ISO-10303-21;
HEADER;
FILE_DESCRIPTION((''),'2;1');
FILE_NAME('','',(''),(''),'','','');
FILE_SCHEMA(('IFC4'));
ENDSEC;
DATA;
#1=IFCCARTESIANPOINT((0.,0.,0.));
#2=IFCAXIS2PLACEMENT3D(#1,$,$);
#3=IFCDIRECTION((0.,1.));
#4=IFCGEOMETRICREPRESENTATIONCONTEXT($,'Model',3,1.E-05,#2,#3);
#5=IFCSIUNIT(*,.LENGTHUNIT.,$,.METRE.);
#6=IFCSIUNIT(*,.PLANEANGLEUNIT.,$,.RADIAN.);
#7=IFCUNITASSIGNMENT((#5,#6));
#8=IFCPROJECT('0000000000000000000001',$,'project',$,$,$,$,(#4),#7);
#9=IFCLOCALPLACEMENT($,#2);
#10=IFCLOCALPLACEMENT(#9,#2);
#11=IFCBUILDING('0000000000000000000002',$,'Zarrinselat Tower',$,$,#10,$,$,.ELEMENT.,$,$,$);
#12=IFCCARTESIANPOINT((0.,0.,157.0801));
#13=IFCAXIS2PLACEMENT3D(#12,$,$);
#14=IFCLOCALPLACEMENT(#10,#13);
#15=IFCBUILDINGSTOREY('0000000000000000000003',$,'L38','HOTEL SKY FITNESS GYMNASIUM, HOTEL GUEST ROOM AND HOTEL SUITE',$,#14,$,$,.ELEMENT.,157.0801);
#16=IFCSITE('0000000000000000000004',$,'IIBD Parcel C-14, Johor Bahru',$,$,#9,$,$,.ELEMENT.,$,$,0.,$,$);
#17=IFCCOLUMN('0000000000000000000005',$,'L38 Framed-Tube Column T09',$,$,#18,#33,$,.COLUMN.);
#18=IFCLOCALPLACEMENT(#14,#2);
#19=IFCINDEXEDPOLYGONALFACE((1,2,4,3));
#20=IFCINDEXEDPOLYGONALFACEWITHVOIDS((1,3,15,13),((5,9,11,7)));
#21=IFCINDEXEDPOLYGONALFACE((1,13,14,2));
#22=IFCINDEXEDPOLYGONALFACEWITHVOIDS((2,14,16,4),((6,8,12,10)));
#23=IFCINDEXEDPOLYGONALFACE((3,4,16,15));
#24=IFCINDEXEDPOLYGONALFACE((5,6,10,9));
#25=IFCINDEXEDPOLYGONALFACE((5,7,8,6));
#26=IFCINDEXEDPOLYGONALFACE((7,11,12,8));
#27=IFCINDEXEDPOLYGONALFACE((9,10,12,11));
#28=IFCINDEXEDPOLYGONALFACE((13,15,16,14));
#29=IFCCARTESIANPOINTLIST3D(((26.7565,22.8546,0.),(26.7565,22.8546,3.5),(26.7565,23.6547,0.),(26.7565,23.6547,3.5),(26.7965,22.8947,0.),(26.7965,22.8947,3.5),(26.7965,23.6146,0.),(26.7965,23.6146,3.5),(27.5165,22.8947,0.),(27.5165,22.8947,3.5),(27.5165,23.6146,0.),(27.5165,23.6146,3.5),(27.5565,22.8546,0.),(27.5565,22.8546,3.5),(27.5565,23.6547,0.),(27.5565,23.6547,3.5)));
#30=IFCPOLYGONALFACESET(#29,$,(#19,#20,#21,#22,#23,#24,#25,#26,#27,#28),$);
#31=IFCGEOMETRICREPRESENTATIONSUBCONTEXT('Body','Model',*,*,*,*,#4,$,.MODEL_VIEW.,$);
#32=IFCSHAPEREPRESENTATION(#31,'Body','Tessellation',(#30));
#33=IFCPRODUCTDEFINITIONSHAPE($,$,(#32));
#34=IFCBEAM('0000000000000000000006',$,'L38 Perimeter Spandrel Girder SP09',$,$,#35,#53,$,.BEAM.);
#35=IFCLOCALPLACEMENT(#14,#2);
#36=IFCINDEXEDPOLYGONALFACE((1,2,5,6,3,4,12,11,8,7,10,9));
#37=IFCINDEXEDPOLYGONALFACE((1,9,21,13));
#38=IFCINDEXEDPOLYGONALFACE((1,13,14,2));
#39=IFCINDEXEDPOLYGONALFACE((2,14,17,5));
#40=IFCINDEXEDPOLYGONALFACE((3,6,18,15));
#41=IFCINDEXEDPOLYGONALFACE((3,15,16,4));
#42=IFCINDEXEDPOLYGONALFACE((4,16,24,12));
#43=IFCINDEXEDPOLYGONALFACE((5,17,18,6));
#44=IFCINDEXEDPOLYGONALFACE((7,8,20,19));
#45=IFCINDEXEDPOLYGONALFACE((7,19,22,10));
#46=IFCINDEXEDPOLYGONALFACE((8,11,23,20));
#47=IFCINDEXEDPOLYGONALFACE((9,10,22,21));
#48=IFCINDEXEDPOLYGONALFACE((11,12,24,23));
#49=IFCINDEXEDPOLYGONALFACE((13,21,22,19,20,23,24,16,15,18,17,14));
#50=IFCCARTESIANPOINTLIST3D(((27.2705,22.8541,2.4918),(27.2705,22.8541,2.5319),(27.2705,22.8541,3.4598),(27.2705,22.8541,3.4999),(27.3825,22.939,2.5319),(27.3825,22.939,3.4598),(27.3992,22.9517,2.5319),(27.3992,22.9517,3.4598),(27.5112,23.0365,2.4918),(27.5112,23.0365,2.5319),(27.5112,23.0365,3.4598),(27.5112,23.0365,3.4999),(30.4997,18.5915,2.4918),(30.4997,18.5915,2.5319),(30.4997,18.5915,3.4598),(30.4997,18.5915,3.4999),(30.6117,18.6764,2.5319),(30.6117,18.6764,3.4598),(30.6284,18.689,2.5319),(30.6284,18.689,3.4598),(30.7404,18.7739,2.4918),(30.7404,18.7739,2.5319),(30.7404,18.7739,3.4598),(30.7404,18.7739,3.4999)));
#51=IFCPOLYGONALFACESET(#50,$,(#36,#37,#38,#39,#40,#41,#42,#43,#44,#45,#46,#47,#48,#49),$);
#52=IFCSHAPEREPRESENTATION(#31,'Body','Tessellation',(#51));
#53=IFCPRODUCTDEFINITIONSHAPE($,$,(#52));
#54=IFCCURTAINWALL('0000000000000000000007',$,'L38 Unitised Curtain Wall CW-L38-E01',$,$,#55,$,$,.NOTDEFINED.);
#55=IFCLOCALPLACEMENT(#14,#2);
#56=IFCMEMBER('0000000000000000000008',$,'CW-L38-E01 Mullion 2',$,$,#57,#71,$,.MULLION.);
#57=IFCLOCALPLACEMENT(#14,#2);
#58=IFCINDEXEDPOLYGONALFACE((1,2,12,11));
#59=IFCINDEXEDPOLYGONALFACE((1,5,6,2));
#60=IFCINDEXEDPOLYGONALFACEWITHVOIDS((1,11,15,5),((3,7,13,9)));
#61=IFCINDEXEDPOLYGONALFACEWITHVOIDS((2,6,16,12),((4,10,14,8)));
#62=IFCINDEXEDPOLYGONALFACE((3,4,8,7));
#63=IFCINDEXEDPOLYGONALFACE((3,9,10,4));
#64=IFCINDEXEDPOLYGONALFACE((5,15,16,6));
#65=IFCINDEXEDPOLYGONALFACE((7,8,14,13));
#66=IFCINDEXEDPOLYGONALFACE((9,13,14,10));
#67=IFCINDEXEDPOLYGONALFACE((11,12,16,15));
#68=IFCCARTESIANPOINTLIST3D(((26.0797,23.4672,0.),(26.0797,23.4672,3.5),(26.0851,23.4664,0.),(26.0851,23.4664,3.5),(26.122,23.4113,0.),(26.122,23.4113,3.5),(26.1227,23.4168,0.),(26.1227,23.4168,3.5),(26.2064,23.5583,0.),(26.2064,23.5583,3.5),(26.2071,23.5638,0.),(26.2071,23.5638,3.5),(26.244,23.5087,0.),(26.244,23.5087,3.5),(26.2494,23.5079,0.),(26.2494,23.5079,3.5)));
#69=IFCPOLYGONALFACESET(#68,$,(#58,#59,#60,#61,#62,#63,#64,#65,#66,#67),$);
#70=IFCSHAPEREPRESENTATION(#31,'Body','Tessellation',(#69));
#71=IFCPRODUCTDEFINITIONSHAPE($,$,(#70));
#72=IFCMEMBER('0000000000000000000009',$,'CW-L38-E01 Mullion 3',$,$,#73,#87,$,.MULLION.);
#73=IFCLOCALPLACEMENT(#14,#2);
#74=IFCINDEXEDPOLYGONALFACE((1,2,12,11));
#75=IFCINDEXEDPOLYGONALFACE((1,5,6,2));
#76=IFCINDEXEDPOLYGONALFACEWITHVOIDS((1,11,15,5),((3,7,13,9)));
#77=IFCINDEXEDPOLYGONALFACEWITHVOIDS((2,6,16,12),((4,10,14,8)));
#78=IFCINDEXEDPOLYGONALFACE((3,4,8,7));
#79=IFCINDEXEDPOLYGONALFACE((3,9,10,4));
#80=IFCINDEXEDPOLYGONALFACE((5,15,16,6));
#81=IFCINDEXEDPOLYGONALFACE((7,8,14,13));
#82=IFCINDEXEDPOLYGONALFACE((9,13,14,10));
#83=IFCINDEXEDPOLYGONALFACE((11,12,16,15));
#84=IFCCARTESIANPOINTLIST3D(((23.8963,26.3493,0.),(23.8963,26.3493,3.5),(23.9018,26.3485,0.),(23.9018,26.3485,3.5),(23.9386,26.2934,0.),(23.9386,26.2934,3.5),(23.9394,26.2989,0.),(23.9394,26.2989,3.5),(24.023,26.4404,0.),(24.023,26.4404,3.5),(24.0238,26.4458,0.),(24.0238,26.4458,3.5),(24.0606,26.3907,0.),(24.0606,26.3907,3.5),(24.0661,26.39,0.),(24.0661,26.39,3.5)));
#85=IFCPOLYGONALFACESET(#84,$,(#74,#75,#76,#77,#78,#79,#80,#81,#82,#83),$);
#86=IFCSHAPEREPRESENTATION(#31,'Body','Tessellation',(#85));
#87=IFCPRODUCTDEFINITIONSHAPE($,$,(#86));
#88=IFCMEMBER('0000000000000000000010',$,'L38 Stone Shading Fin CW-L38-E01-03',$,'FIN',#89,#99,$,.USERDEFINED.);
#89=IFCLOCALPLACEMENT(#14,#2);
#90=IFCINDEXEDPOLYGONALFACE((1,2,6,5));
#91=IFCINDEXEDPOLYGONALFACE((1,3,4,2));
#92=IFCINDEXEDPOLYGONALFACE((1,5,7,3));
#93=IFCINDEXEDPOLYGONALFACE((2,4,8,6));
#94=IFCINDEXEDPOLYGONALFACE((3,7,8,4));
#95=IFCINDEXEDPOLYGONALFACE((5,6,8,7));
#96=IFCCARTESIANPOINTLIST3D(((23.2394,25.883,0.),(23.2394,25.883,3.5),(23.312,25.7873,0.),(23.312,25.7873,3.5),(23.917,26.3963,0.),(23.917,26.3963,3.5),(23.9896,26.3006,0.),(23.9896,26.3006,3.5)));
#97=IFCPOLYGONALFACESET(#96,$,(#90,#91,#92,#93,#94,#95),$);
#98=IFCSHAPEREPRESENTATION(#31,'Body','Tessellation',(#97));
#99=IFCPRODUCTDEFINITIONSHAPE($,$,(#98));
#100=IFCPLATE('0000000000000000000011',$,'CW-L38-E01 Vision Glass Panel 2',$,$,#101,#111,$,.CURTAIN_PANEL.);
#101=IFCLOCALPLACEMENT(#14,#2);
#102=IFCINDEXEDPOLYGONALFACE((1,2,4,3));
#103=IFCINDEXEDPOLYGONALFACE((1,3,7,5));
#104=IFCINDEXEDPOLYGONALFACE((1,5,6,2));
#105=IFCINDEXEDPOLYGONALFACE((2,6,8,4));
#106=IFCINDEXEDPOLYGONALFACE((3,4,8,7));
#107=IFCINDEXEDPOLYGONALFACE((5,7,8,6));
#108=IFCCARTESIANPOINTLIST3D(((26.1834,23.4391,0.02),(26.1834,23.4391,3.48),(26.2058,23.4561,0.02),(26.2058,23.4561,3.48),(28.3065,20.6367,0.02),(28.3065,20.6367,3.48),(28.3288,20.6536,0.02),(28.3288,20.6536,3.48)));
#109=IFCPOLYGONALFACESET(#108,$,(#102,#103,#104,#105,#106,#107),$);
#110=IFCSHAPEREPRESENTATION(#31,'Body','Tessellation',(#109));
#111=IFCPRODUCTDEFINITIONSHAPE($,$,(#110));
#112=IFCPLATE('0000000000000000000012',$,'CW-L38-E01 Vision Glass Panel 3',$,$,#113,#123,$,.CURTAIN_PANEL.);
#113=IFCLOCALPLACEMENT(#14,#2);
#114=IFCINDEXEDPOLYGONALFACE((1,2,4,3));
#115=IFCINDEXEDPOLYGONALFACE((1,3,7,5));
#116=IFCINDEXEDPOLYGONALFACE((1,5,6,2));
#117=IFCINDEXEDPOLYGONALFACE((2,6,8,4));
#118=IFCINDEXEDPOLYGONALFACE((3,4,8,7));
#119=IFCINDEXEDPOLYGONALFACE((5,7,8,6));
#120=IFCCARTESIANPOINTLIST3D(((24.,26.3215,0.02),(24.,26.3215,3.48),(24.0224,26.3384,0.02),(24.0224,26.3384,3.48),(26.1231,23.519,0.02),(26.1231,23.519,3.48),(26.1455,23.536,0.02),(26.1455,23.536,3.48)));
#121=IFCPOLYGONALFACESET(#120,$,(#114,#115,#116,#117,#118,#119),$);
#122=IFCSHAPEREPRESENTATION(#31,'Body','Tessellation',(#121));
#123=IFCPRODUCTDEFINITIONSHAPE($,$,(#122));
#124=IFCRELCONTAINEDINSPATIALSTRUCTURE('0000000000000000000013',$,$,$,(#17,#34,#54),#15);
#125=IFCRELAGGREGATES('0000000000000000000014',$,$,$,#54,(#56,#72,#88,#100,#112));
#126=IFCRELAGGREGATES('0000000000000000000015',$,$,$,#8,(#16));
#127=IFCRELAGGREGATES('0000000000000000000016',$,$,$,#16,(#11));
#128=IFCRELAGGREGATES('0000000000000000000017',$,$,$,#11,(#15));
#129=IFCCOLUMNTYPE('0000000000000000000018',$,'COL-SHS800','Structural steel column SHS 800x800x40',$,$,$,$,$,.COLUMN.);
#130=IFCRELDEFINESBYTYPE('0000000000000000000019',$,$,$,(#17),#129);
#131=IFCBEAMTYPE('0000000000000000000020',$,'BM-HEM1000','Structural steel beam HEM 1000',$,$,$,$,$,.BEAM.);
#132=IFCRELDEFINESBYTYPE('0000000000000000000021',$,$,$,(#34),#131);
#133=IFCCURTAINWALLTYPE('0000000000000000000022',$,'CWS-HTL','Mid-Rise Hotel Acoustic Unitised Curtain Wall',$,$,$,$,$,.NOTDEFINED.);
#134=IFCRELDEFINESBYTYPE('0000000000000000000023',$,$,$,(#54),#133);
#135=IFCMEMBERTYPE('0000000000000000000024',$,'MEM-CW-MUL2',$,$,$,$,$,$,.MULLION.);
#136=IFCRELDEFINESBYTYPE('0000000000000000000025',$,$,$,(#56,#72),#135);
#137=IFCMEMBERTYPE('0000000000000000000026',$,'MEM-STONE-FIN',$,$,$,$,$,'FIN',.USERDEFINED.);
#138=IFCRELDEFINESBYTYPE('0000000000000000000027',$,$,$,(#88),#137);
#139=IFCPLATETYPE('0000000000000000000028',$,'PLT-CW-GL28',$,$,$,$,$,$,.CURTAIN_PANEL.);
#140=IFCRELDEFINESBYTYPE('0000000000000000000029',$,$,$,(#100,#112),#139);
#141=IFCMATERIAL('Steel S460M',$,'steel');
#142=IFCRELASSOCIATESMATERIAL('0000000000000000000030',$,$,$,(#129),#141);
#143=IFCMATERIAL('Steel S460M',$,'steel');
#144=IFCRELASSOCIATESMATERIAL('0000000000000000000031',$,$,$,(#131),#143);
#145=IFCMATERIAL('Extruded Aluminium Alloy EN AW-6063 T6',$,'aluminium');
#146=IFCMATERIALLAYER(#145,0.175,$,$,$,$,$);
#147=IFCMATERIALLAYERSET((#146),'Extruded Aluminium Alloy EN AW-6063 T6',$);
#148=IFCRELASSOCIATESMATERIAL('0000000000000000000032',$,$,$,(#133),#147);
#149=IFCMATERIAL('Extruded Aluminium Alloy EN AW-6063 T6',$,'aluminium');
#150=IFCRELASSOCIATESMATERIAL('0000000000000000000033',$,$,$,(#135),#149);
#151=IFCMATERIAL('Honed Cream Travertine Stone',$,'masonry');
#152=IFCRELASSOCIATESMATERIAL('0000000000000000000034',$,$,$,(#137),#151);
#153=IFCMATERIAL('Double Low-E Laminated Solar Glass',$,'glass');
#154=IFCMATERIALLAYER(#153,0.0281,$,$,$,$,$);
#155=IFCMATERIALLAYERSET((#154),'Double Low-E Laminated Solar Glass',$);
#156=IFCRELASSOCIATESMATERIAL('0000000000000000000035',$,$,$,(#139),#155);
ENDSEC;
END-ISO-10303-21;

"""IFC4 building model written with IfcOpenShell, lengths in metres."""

from ifc_helpers import new_model, si_unit, direction, frame, origin, origin_2d, place, context, subcontext, project, spatial, rectangle, hollow_rectangle, i_section, extrude, material, layer, layer_set, material_profile, profile_set, type_object, element, aggregate, save


model = new_model("IFC4")

# Units and contexts
model_context = context("Model", 3, precision=1e-05, world=origin(), true_north=direction((0.0, 1.0)))
body_context = subcontext(model_context, "Body", "Model", "MODEL_VIEW")
ifc_project = project(units=[si_unit("LENGTHUNIT", "METRE"), si_unit("PLANEANGLEUNIT", "RADIAN")], contexts=[model_context])

# Site, building, storey
site_placement = place(None, origin())
site = spatial("IfcSite", under=ifc_project, at=site_placement, Name="IIBD Parcel C-14, Johor Bahru", CompositionType="ELEMENT", RefElevation=0.0)
building_placement = place(site_placement, origin())
building = spatial("IfcBuilding", under=site, at=building_placement, Name="Zarrinselat Tower", CompositionType="ELEMENT")
storey_placement = place(building_placement, frame((0.0, 0.0, 157.0801)))
storey = spatial("IfcBuildingStorey", under=building, at=storey_placement, Name="L38", Description="HOTEL SKY FITNESS GYMNASIUM, HOTEL GUEST ROOM AND HOTEL SUITE", CompositionType="ELEMENT", Elevation=157.0801)

# Column
ifc_material_1 = material(Name="Steel S460M", Category="steel")
ifc_material_profile_1 = material_profile(ifc_material_1, hollow_rectangle(XDim=0.8, YDim=0.8, WallThickness=0.04, at=origin_2d()), Name="SHS 800x800x40")
ifc_profile_set_1 = profile_set([ifc_material_profile_1], Name="Steel S460M")
column_type = type_object("IfcColumnType", Name="COL-SHS800", Description="Structural steel column SHS 800x800x40", PredefinedType="COLUMN", material=ifc_profile_set_1)
column_placement = place(storey_placement, frame((27.1565, 23.2546, 0.0), z_axis=(0.0, 0.0, 1.0), x_axis=(1.0, 0.0, 0.0)))
element("IfcColumn", 1, at=column_placement, inside=storey, type_object=column_type, Name="L38 Framed-Tube Column T09", PredefinedType="COLUMN", context=body_context, shape_type="SweptSolid", body=[
    extrude(hollow_rectangle(XDim=0.8, YDim=0.8, WallThickness=0.04, at=origin_2d()), origin(), (0.0, 0.0, 1.0), 3.5),
])

# Beam
ifc_material_2 = material(Name="Steel S460M", Category="steel")
ifc_material_profile_2 = material_profile(ifc_material_2, i_section(OverallWidth=0.302, OverallDepth=1.0081, WebThickness=0.021, FlangeThickness=0.04, at=origin_2d()), Name="HEM 1000")
ifc_profile_set_2 = profile_set([ifc_material_profile_2], Name="Steel S460M")
beam_type = type_object("IfcBeamType", Name="BM-HEM1000", Description="Structural steel beam HEM 1000", PredefinedType="BEAM", material=ifc_profile_set_2)
beam_placement = place(storey_placement, frame((27.3909, 22.9453, 2.9958), z_axis=(0.60385, -0.797098, 0.0), x_axis=(0.797098, 0.60385, 0.0)))
element("IfcBeam", 2, at=beam_placement, inside=storey, type_object=beam_type, Name="L38 Perimeter Spandrel Girder SP09", PredefinedType="BEAM", context=body_context, shape_type="SweptSolid", body=[
    extrude(i_section(OverallWidth=0.302, OverallDepth=1.0081, WebThickness=0.021, FlangeThickness=0.04, at=origin_2d()), origin(), (0.0, 0.0, 1.0), 5.3477),
])

# Curtain wall, members, plates
ifc_material_3 = material(Name="Extruded Aluminium Alloy EN AW-6063 T6", Category="aluminium")
ifc_layer_1 = layer(ifc_material_3, 0.175)
ifc_layer_set_1 = layer_set([ifc_layer_1], Name="Extruded Aluminium Alloy EN AW-6063 T6")
curtain_wall_type = type_object("IfcCurtainWallType", Name="CWS-HTL", Description="Mid-Rise Hotel Acoustic Unitised Curtain Wall", PredefinedType="NOTDEFINED", material=ifc_layer_set_1)
curtain_wall_placement = place(storey_placement, origin())
curtain_wall = element("IfcCurtainWall", 3, at=curtain_wall_placement, inside=storey, type_object=curtain_wall_type, Name="L38 Unitised Curtain Wall CW-L38-E01", PredefinedType="NOTDEFINED")
ifc_material_4 = material(Name="Extruded Aluminium Alloy EN AW-6063 T6", Category="aluminium")
ifc_material_profile_3 = material_profile(ifc_material_4, hollow_rectangle(XDim=0.0701, YDim=0.1599, WallThickness=0.0039, at=origin_2d()), Name="RHS 160x70x4")
ifc_profile_set_3 = profile_set([ifc_material_profile_3], Name="Extruded Aluminium Alloy EN AW-6063 T6")
member_type_1 = type_object("IfcMemberType", Name="MEM-CW-MUL2", PredefinedType="MULLION", material=ifc_profile_set_3)
member_1_placement = place(storey_placement, frame((26.1646, 23.4875, 0.0), z_axis=(0.0, 0.0, 1.0), x_axis=(-0.603858, 0.797092, 0.0)))
member_1 = element("IfcMember", 4, at=member_1_placement, type_object=member_type_1, Name="CW-L38-E01 Mullion 2", PredefinedType="MULLION", context=body_context, shape_type="SweptSolid", body=[
    extrude(hollow_rectangle(XDim=0.0701, YDim=0.1599, WallThickness=0.0039, at=origin_2d()), origin(), (0.0, 0.0, 1.0), 3.5),
])
member_2_placement = place(storey_placement, frame((23.9812, 26.3696, 0.0), z_axis=(0.0, 0.0, 1.0), x_axis=(-0.603858, 0.797092, 0.0)))
member_2 = element("IfcMember", 5, at=member_2_placement, type_object=member_type_1, Name="CW-L38-E01 Mullion 3", PredefinedType="MULLION", context=body_context, shape_type="SweptSolid", body=[
    extrude(hollow_rectangle(XDim=0.0701, YDim=0.1599, WallThickness=0.0039, at=origin_2d()), origin(), (0.0, 0.0, 1.0), 3.5),
])
ifc_material_5 = material(Name="Honed Cream Travertine Stone", Category="masonry")
ifc_material_profile_4 = material_profile(ifc_material_5, rectangle(XDim=0.1201, YDim=0.8501, at=origin_2d()), Name="FIN 850x120")
ifc_profile_set_4 = profile_set([ifc_material_profile_4], Name="Honed Cream Travertine Stone")
member_type_2 = type_object("IfcMemberType", Name="MEM-STONE-FIN", ElementType="FIN", PredefinedType="USERDEFINED", material=ifc_profile_set_4)
member_3_placement = place(storey_placement, frame((23.6145, 26.0918, 0.0), z_axis=(0.0, 0.0, 1.0), x_axis=(-0.603858, 0.797092, 0.0)))
member_3 = element("IfcMember", 6, at=member_3_placement, type_object=member_type_2, Name="L38 Stone Shading Fin CW-L38-E01-03", ObjectType="FIN", PredefinedType="USERDEFINED", context=body_context, shape_type="SweptSolid", body=[
    extrude(rectangle(XDim=0.1201, YDim=0.8501, at=origin_2d()), origin(), (0.0, 0.0, 1.0), 3.5),
])
ifc_material_6 = material(Name="Double Low-E Laminated Solar Glass", Category="glass")
ifc_layer_2 = layer(ifc_material_6, 0.0281)
ifc_layer_set_2 = layer_set([ifc_layer_2], Name="Double Low-E Laminated Solar Glass")
plate_type = type_object("IfcPlateType", Name="PLT-CW-GL28", PredefinedType="CURTAIN_PANEL", material=ifc_layer_set_2)
plate_1_placement = place(storey_placement, frame((27.2561, 22.0464, 0.02), z_axis=(0.0, 0.0, 1.0), x_axis=(-0.603858, 0.797092, 0.0)))
plate_1 = element("IfcPlate", 7, at=plate_1_placement, type_object=plate_type, Name="CW-L38-E01 Vision Glass Panel 2", PredefinedType="CURTAIN_PANEL", context=body_context, shape_type="SweptSolid", body=[
    extrude(rectangle(XDim=3.5159, YDim=0.0281, at=origin_2d()), origin(), (0.0, 0.0, 1.0), 3.46),
])
plate_2_placement = place(storey_placement, frame((25.0728, 24.9287, 0.02), z_axis=(0.0, 0.0, 1.0), x_axis=(-0.603858, 0.797092, 0.0)))
plate_2 = element("IfcPlate", 8, at=plate_2_placement, type_object=plate_type, Name="CW-L38-E01 Vision Glass Panel 3", PredefinedType="CURTAIN_PANEL", context=body_context, shape_type="SweptSolid", body=[
    extrude(rectangle(XDim=3.5159, YDim=0.0281, at=origin_2d()), origin(), (0.0, 0.0, 1.0), 3.46),
])
aggregate(curtain_wall, [member_1, member_2, member_3, plate_1, plate_2])

save(model, "model.ifc")
